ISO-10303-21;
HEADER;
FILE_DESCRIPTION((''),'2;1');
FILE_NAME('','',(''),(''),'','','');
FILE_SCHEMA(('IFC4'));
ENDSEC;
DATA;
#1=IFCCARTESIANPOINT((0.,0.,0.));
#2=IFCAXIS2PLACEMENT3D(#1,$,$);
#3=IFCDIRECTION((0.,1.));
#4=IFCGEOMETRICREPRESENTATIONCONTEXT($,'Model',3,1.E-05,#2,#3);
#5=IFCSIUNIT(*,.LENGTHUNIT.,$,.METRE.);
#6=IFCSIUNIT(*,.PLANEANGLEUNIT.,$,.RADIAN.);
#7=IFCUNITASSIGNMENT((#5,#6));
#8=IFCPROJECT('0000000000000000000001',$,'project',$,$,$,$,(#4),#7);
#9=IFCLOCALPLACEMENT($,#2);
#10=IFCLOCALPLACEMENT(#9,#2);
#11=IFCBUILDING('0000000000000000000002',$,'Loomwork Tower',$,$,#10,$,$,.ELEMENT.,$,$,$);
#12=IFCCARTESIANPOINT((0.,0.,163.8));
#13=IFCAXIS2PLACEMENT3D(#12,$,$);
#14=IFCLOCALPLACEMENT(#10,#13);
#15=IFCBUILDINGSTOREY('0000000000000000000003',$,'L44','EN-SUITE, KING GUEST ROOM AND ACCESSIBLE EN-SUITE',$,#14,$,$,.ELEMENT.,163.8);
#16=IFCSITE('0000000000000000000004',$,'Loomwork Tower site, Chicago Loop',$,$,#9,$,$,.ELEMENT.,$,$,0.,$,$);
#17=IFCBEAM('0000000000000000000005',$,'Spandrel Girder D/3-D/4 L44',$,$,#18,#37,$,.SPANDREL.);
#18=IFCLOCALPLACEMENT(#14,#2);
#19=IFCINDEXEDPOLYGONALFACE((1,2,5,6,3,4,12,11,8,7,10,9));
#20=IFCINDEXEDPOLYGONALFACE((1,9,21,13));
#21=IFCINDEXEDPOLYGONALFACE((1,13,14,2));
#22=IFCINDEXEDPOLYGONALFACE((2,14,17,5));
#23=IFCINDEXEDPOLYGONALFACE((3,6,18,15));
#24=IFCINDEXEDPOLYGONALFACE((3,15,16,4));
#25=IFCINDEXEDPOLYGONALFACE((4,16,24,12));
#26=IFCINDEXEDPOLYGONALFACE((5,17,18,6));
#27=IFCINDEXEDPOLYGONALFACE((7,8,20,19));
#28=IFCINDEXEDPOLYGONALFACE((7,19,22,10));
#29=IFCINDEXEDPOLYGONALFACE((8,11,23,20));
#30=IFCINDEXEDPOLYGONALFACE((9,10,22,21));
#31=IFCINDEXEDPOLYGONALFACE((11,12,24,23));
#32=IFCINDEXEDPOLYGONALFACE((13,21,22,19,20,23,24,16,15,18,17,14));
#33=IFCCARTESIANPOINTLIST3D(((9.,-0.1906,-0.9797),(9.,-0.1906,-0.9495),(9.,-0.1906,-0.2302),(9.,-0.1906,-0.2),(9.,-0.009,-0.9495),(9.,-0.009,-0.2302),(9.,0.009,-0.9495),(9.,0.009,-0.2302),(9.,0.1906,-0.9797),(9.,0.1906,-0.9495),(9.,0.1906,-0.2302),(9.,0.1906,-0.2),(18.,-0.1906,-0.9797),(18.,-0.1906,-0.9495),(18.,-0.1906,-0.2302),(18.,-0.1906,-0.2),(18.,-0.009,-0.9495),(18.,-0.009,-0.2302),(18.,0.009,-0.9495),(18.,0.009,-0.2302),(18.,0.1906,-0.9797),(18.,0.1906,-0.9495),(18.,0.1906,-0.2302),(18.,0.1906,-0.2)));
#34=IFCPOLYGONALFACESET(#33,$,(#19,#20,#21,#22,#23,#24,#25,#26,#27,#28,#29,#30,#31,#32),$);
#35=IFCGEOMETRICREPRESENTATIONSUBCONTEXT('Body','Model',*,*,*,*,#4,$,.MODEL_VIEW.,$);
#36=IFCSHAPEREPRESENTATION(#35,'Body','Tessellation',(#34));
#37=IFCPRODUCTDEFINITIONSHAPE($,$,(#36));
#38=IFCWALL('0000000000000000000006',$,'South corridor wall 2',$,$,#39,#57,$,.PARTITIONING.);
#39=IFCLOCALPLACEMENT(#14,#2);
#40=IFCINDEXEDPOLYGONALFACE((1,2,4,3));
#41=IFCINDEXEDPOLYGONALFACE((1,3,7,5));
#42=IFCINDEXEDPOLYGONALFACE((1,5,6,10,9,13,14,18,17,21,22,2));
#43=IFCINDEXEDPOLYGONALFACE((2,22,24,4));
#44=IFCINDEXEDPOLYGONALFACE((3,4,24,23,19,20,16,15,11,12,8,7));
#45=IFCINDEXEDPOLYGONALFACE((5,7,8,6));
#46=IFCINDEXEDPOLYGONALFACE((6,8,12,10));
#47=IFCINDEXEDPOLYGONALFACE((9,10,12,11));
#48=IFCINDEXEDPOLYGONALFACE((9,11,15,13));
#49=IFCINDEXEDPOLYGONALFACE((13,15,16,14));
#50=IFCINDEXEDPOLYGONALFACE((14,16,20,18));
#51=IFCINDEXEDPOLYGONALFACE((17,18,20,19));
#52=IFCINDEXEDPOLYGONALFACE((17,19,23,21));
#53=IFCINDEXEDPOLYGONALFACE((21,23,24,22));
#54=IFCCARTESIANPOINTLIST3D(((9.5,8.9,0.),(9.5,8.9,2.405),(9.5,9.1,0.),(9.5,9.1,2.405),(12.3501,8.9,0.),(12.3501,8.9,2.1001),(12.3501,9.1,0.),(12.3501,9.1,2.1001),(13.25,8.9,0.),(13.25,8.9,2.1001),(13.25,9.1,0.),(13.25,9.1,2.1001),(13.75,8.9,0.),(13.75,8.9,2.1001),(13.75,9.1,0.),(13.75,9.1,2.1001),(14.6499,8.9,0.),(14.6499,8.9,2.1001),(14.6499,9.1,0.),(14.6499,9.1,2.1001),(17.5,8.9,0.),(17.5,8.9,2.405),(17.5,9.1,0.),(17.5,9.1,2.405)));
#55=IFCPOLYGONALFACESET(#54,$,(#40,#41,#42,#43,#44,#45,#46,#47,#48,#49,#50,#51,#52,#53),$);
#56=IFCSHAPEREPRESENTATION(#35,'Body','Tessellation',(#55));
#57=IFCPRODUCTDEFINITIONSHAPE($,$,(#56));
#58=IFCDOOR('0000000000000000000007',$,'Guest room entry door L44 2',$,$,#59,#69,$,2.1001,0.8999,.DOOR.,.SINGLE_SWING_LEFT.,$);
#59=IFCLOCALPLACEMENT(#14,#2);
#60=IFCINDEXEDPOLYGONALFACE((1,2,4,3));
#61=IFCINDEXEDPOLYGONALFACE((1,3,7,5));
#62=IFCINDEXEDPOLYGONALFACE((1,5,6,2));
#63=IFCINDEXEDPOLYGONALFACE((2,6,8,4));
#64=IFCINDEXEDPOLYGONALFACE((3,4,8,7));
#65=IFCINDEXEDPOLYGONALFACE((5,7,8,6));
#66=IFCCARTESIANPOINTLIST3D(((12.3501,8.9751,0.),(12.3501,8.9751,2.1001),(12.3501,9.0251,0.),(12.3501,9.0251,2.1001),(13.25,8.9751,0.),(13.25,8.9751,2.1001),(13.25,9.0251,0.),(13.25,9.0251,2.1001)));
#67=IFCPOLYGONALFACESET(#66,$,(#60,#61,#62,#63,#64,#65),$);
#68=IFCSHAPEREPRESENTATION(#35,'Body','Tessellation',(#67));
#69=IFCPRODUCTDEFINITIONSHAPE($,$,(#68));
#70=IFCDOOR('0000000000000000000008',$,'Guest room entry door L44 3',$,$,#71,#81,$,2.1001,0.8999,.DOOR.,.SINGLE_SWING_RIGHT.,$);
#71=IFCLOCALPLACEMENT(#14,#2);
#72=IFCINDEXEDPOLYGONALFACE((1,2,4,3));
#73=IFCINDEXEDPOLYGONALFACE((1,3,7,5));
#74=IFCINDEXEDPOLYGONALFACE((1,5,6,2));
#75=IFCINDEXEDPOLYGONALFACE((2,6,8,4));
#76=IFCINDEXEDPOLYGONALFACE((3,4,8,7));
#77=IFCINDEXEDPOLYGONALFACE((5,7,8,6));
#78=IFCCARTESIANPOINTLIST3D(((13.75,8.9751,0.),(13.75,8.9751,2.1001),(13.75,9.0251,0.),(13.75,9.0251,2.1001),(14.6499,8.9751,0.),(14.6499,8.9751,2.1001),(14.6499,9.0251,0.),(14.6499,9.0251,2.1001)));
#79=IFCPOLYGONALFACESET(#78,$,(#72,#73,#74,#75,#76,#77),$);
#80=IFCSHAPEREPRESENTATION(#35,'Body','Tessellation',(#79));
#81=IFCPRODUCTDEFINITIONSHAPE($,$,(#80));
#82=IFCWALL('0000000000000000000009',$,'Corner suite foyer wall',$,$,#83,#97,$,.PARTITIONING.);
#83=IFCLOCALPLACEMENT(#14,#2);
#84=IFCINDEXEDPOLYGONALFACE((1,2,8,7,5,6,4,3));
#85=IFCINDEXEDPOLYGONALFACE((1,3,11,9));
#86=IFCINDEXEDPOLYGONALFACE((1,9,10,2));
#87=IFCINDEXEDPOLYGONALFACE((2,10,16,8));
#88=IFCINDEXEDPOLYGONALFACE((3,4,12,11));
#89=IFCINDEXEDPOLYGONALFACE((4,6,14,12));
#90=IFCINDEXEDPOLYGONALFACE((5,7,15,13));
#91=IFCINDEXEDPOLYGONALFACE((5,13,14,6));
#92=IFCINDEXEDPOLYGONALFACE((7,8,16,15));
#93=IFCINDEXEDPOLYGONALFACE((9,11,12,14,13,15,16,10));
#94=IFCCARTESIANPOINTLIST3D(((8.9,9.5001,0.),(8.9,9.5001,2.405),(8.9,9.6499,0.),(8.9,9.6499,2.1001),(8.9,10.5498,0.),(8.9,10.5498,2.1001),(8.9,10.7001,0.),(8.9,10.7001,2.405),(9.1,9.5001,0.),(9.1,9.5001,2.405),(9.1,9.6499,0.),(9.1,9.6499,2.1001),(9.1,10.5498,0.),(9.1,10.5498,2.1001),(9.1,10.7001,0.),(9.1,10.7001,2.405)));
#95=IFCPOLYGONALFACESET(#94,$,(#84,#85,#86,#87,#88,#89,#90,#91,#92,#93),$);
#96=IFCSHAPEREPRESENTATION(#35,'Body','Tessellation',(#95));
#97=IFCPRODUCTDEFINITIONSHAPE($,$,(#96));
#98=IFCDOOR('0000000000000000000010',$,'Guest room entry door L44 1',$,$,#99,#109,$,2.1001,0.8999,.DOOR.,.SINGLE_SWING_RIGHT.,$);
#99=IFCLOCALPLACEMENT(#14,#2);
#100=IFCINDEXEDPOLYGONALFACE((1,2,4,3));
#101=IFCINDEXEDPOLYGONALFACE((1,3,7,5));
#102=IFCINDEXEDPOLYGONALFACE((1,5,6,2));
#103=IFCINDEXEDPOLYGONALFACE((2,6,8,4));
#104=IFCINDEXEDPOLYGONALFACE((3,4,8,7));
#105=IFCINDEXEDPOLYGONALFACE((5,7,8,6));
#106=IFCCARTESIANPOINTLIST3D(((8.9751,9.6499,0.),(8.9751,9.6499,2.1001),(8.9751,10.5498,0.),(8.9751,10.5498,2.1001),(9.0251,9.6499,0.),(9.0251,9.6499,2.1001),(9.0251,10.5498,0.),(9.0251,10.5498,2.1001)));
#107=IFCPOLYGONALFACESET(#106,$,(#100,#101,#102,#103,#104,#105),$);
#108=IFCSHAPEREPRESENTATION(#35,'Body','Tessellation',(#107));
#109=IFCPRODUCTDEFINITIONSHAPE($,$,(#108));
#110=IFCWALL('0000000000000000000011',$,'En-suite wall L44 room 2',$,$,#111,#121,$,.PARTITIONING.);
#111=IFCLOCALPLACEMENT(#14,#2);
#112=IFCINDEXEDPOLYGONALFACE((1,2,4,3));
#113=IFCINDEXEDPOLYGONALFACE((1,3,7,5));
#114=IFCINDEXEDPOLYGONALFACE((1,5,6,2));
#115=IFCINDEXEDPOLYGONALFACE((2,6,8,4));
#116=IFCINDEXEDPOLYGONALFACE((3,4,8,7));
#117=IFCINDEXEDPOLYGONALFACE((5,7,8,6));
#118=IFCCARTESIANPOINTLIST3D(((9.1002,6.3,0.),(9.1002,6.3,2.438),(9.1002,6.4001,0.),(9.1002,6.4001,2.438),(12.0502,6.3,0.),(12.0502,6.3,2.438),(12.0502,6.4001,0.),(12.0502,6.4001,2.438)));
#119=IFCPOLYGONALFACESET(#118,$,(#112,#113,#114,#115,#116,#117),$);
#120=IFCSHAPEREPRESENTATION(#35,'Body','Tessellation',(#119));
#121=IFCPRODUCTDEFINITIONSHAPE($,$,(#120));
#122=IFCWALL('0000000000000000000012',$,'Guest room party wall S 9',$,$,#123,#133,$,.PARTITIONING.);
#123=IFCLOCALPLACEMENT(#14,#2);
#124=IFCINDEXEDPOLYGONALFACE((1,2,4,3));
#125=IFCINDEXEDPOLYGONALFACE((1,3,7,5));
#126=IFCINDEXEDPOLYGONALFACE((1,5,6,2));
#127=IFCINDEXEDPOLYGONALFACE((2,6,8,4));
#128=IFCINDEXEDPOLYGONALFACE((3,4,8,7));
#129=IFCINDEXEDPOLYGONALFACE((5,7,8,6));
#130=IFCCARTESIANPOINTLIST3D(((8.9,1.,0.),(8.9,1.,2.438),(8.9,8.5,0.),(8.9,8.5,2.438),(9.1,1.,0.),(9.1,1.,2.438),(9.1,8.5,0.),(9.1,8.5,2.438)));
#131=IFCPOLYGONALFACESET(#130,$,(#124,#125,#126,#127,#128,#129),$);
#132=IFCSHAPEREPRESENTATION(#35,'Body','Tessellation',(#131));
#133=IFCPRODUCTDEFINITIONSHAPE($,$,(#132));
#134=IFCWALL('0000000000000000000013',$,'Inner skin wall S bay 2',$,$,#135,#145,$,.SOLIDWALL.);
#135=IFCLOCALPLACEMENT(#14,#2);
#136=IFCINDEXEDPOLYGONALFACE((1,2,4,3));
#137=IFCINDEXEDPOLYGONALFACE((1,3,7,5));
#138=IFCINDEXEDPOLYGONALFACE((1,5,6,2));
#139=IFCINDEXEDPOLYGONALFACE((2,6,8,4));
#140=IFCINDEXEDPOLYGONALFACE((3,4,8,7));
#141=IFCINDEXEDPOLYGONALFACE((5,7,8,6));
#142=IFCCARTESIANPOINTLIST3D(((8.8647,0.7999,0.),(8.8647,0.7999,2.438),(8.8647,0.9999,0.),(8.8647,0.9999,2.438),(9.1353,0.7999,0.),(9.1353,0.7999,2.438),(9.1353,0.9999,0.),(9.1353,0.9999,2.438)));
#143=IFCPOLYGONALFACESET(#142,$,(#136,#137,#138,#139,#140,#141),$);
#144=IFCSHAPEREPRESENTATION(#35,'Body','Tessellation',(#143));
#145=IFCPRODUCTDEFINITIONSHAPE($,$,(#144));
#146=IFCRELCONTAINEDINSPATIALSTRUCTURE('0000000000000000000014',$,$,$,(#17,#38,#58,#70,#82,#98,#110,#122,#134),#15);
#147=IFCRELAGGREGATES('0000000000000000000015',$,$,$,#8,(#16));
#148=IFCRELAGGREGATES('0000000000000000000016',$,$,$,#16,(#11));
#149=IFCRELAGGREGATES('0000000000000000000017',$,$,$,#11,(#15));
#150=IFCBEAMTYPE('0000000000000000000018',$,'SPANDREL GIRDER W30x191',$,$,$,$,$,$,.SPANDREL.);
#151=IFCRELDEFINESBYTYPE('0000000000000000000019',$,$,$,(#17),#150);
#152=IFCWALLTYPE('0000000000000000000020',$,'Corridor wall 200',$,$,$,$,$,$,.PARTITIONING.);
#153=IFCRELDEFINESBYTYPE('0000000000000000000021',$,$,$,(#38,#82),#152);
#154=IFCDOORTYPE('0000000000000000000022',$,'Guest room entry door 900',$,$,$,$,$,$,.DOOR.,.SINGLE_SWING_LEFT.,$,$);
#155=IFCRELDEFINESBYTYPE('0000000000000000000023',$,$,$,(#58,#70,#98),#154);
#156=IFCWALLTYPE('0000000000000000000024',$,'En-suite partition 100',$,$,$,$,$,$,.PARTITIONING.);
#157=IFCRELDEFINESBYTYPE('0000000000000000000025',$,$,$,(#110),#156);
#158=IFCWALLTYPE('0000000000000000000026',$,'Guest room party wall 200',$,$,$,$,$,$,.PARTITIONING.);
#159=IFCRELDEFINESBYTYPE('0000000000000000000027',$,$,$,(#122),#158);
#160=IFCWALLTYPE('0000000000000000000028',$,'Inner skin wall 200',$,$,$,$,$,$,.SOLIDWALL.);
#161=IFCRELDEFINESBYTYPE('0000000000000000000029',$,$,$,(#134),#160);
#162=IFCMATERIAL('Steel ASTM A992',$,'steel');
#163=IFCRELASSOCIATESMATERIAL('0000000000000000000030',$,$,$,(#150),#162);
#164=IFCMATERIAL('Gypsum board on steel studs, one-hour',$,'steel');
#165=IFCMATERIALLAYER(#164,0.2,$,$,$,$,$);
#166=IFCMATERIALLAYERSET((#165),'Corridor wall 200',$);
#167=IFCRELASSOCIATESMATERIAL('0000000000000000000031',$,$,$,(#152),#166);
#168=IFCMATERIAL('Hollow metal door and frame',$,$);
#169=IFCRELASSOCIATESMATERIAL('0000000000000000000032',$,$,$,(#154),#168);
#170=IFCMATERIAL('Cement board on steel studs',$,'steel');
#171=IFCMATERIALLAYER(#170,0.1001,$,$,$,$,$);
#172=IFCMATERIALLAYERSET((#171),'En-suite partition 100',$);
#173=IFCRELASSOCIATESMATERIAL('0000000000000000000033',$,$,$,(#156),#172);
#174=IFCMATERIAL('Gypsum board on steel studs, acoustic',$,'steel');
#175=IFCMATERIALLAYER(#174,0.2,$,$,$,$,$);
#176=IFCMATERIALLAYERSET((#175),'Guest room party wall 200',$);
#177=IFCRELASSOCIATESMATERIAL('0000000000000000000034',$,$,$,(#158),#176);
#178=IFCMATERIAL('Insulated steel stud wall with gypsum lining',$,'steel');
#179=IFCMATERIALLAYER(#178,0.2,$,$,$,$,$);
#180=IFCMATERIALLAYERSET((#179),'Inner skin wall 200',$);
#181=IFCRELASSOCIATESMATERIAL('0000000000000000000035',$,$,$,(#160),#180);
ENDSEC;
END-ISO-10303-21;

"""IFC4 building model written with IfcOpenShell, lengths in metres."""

from ifc_helpers import new_model, si_unit, direction, frame, frame_2d, origin, origin_2d, place, context, subcontext, project, spatial, rectangle, i_section, extrude, material, layer, layer_set, material_profile, profile_set, type_object, element, fill, save


model = new_model("IFC4")

# Units and contexts
model_context = context("Model", 3, precision=1e-05, world=origin(), true_north=direction((0.0, 1.0)))
body_context = subcontext(model_context, "Body", "Model", "MODEL_VIEW")
ifc_project = project(units=[si_unit("LENGTHUNIT", "METRE"), si_unit("PLANEANGLEUNIT", "RADIAN")], contexts=[model_context])

# Site, building, storey
site_placement = place(None, origin())
site = spatial("IfcSite", under=ifc_project, at=site_placement, Name="Loomwork Tower site, Chicago Loop", CompositionType="ELEMENT", RefElevation=0.0)
building_placement = place(site_placement, origin())
building = spatial("IfcBuilding", under=site, at=building_placement, Name="Loomwork Tower", CompositionType="ELEMENT")
storey_placement = place(building_placement, frame((0.0, 0.0, 163.8)))
storey = spatial("IfcBuildingStorey", under=building, at=storey_placement, Name="L44", Description="EN-SUITE, KING GUEST ROOM AND ACCESSIBLE EN-SUITE", CompositionType="ELEMENT", Elevation=163.8)

# Beam
ifc_material_1 = material(Name="Steel ASTM A992", Category="steel")
ifc_material_profile_1 = material_profile(ifc_material_1, i_section(OverallWidth=0.3811, OverallDepth=0.7798, WebThickness=0.0181, FlangeThickness=0.0303, at=origin_2d()), Name="W30x191")
ifc_profile_set_1 = profile_set([ifc_material_profile_1], Name="Steel ASTM A992")
beam_type_1 = type_object("IfcBeamType", Name="SPANDREL GIRDER W30x191", PredefinedType="SPANDREL", material=ifc_profile_set_1)
beam_1_placement = place(storey_placement, frame((9.0, 0.0, -0.5898), z_axis=(1.0, 0.0, 0.0), x_axis=(0.0, 1.0, 0.0)))
element("IfcBeam", 1, at=beam_1_placement, inside=storey, type_object=beam_type_1, Name="Spandrel Girder D/3-D/4 L44", PredefinedType="SPANDREL", context=body_context, shape_type="SweptSolid", body=[
    extrude(i_section(OverallWidth=0.3811, OverallDepth=0.7798, WebThickness=0.0181, FlangeThickness=0.0303, at=origin_2d()), origin(), (0.0, 0.0, 1.0), 9.0),
])

# Wall, openings, doors
ifc_material_2 = material(Name="Gypsum board on steel studs, one-hour", Category="steel")
ifc_layer_1 = layer(ifc_material_2, 0.2)
ifc_layer_set_1 = layer_set([ifc_layer_1], Name="Corridor wall 200")
wall_type_1 = type_object("IfcWallType", Name="Corridor wall 200", PredefinedType="PARTITIONING", material=ifc_layer_set_1)
wall_1_placement = place(storey_placement, frame((9.5, 9.0, 0.0), z_axis=(0.0, 0.0, 1.0), x_axis=(1.0, 0.0, 0.0)))
wall_1 = element("IfcWall", 2, at=wall_1_placement, inside=storey, type_object=wall_type_1, Name="South corridor wall 2", PredefinedType="PARTITIONING", context=body_context, shape_type="SweptSolid", body=[
    extrude(rectangle(XDim=8.0, YDim=0.2, at=frame_2d((4.0, 0.0))), origin(), (0.0, 0.0, 1.0), 2.405),
])
opening_1_placement = place(wall_1_placement, frame((2.8501, 0.0, 0.0)))
opening_1 = element("IfcOpeningElement", 3, at=opening_1_placement, cuts=wall_1, PredefinedType="OPENING", context=body_context, shape_type="SweptSolid", body=[
    extrude(rectangle(XDim=0.8999, YDim=2.1001, at=frame_2d((0.45, 1.05))), frame((0.0, 0.1099, 0.0), z_axis=(0.0, -1.0, 0.0), x_axis=(1.0, 0.0, 0.0)), (0.0, 0.0, 1.0), 0.22),
])
opening_2_placement = place(wall_1_placement, frame((4.25, 0.0, 0.0)))
opening_2 = element("IfcOpeningElement", 4, at=opening_2_placement, cuts=wall_1, PredefinedType="OPENING", context=body_context, shape_type="SweptSolid", body=[
    extrude(rectangle(XDim=0.8999, YDim=2.1001, at=frame_2d((0.45, 1.05))), frame((0.0, 0.1099, 0.0), z_axis=(0.0, -1.0, 0.0), x_axis=(1.0, 0.0, 0.0)), (0.0, 0.0, 1.0), 0.22),
])
ifc_material_3 = material(Name="Hollow metal door and frame")
door_type = type_object("IfcDoorType", Name="Guest room entry door 900", OperationType="SINGLE_SWING_LEFT", PredefinedType="DOOR", material=ifc_material_3)
door_1_placement = place(opening_1_placement, frame((0.8999, 0.0, 0.0), z_axis=(0.0, 0.0, 1.0), x_axis=(-1.0, 0.0, 0.0)))
door_1 = element("IfcDoor", 5, at=door_1_placement, inside=storey, type_object=door_type, Name="Guest room entry door L44 2", OperationType="SINGLE_SWING_LEFT", OverallHeight=2.1001, OverallWidth=0.8999, PredefinedType="DOOR", context=body_context, shape_type="SweptSolid", body=[
    extrude(rectangle(XDim=0.8999, YDim=2.1001, at=frame_2d((0.45, 1.05))), frame((0.0, 0.0249, 0.0), z_axis=(0.0, -1.0, 0.0), x_axis=(1.0, 0.0, 0.0)), (0.0, 0.0, 1.0), 0.05),
])
fill(opening_1, door_1)
door_2_placement = place(opening_2_placement, frame((0.8999, 0.0, 0.0), z_axis=(0.0, 0.0, 1.0), x_axis=(-1.0, 0.0, 0.0)))
door_2 = element("IfcDoor", 6, at=door_2_placement, inside=storey, type_object=door_type, Name="Guest room entry door L44 3", OperationType="SINGLE_SWING_RIGHT", OverallHeight=2.1001, OverallWidth=0.8999, PredefinedType="DOOR", context=body_context, shape_type="SweptSolid", body=[
    extrude(rectangle(XDim=0.8999, YDim=2.1001, at=frame_2d((0.45, 1.05))), frame((0.0, 0.0249, 0.0), z_axis=(0.0, -1.0, 0.0), x_axis=(1.0, 0.0, 0.0)), (0.0, 0.0, 1.0), 0.05),
])
fill(opening_2, door_2)

# Wall, opening, door
wall_2_placement = place(storey_placement, frame((9.0, 9.5, 0.0), z_axis=(0.0, 0.0, 1.0), x_axis=(0.0, 1.0, 0.0)))
wall_2 = element("IfcWall", 7, at=wall_2_placement, inside=storey, type_object=wall_type_1, Name="Corner suite foyer wall", PredefinedType="PARTITIONING", context=body_context, shape_type="SweptSolid", body=[
    extrude(rectangle(XDim=1.2, YDim=0.2, at=frame_2d((0.6001, 0.0))), origin(), (0.0, 0.0, 1.0), 2.405),
])
opening_3_placement = place(wall_2_placement, frame((0.1499, 0.0, 0.0)))
opening_3 = element("IfcOpeningElement", 8, at=opening_3_placement, cuts=wall_2, PredefinedType="OPENING", context=body_context, shape_type="SweptSolid", body=[
    extrude(rectangle(XDim=0.8999, YDim=2.1001, at=frame_2d((0.45, 1.05))), frame((0.0, 0.1099, 0.0), z_axis=(0.0, -1.0, 0.0), x_axis=(1.0, 0.0, 0.0)), (0.0, 0.0, 1.0), 0.22),
])
door_3_placement = place(opening_3_placement, origin())
door_3 = element("IfcDoor", 9, at=door_3_placement, inside=storey, type_object=door_type, Name="Guest room entry door L44 1", OperationType="SINGLE_SWING_RIGHT", OverallHeight=2.1001, OverallWidth=0.8999, PredefinedType="DOOR", context=body_context, shape_type="SweptSolid", body=[
    extrude(rectangle(XDim=0.8999, YDim=2.1001, at=frame_2d((0.45, 1.05))), frame((0.0, 0.0249, 0.0), z_axis=(0.0, -1.0, 0.0), x_axis=(1.0, 0.0, 0.0)), (0.0, 0.0, 1.0), 0.05),
])
fill(opening_3, door_3)

# Walls
ifc_material_4 = material(Name="Cement board on steel studs", Category="steel")
ifc_layer_2 = layer(ifc_material_4, 0.1001)
ifc_layer_set_2 = layer_set([ifc_layer_2], Name="En-suite partition 100")
wall_type_2 = type_object("IfcWallType", Name="En-suite partition 100", PredefinedType="PARTITIONING", material=ifc_layer_set_2)
wall_3_placement = place(storey_placement, frame((9.1001, 6.3501, 0.0), z_axis=(0.0, 0.0, 1.0), x_axis=(1.0, 0.0, 0.0)))
element("IfcWall", 10, at=wall_3_placement, inside=storey, type_object=wall_type_2, Name="En-suite wall L44 room 2", PredefinedType="PARTITIONING", context=body_context, shape_type="SweptSolid", body=[
    extrude(rectangle(XDim=2.95, YDim=0.1001, at=frame_2d((1.4751, 0.0))), origin(), (0.0, 0.0, 1.0), 2.438),
])
ifc_material_5 = material(Name="Gypsum board on steel studs, acoustic", Category="steel")
ifc_layer_3 = layer(ifc_material_5, 0.2)
ifc_layer_set_3 = layer_set([ifc_layer_3], Name="Guest room party wall 200")
wall_type_3 = type_object("IfcWallType", Name="Guest room party wall 200", PredefinedType="PARTITIONING", material=ifc_layer_set_3)
wall_4_placement = place(storey_placement, frame((9.0, 8.5, 0.0), z_axis=(0.0, 0.0, 1.0), x_axis=(0.0, -1.0, 0.0)))
element("IfcWall", 11, at=wall_4_placement, inside=storey, type_object=wall_type_3, Name="Guest room party wall S 9", PredefinedType="PARTITIONING", context=body_context, shape_type="SweptSolid", body=[
    extrude(rectangle(XDim=7.5, YDim=0.2, at=frame_2d((3.75, 0.0))), origin(), (0.0, 0.0, 1.0), 2.438),
])
ifc_material_6 = material(Name="Insulated steel stud wall with gypsum lining", Category="steel")
ifc_layer_4 = layer(ifc_material_6, 0.2)
ifc_layer_set_4 = layer_set([ifc_layer_4], Name="Inner skin wall 200")
wall_type_4 = type_object("IfcWallType", Name="Inner skin wall 200", PredefinedType="SOLIDWALL", material=ifc_layer_set_4)
wall_5_placement = place(storey_placement, frame((8.8647, 0.8999, 0.0), z_axis=(0.0, 0.0, 1.0), x_axis=(1.0, 0.0, 0.0)))
element("IfcWall", 12, at=wall_5_placement, inside=storey, type_object=wall_type_4, Name="Inner skin wall S bay 2", PredefinedType="SOLIDWALL", context=body_context, shape_type="SweptSolid", body=[
    extrude(rectangle(XDim=0.2705, YDim=0.2, at=frame_2d((0.1353, 0.0))), origin(), (0.0, 0.0, 1.0), 2.438),
])

save(model, "model.ifc")
